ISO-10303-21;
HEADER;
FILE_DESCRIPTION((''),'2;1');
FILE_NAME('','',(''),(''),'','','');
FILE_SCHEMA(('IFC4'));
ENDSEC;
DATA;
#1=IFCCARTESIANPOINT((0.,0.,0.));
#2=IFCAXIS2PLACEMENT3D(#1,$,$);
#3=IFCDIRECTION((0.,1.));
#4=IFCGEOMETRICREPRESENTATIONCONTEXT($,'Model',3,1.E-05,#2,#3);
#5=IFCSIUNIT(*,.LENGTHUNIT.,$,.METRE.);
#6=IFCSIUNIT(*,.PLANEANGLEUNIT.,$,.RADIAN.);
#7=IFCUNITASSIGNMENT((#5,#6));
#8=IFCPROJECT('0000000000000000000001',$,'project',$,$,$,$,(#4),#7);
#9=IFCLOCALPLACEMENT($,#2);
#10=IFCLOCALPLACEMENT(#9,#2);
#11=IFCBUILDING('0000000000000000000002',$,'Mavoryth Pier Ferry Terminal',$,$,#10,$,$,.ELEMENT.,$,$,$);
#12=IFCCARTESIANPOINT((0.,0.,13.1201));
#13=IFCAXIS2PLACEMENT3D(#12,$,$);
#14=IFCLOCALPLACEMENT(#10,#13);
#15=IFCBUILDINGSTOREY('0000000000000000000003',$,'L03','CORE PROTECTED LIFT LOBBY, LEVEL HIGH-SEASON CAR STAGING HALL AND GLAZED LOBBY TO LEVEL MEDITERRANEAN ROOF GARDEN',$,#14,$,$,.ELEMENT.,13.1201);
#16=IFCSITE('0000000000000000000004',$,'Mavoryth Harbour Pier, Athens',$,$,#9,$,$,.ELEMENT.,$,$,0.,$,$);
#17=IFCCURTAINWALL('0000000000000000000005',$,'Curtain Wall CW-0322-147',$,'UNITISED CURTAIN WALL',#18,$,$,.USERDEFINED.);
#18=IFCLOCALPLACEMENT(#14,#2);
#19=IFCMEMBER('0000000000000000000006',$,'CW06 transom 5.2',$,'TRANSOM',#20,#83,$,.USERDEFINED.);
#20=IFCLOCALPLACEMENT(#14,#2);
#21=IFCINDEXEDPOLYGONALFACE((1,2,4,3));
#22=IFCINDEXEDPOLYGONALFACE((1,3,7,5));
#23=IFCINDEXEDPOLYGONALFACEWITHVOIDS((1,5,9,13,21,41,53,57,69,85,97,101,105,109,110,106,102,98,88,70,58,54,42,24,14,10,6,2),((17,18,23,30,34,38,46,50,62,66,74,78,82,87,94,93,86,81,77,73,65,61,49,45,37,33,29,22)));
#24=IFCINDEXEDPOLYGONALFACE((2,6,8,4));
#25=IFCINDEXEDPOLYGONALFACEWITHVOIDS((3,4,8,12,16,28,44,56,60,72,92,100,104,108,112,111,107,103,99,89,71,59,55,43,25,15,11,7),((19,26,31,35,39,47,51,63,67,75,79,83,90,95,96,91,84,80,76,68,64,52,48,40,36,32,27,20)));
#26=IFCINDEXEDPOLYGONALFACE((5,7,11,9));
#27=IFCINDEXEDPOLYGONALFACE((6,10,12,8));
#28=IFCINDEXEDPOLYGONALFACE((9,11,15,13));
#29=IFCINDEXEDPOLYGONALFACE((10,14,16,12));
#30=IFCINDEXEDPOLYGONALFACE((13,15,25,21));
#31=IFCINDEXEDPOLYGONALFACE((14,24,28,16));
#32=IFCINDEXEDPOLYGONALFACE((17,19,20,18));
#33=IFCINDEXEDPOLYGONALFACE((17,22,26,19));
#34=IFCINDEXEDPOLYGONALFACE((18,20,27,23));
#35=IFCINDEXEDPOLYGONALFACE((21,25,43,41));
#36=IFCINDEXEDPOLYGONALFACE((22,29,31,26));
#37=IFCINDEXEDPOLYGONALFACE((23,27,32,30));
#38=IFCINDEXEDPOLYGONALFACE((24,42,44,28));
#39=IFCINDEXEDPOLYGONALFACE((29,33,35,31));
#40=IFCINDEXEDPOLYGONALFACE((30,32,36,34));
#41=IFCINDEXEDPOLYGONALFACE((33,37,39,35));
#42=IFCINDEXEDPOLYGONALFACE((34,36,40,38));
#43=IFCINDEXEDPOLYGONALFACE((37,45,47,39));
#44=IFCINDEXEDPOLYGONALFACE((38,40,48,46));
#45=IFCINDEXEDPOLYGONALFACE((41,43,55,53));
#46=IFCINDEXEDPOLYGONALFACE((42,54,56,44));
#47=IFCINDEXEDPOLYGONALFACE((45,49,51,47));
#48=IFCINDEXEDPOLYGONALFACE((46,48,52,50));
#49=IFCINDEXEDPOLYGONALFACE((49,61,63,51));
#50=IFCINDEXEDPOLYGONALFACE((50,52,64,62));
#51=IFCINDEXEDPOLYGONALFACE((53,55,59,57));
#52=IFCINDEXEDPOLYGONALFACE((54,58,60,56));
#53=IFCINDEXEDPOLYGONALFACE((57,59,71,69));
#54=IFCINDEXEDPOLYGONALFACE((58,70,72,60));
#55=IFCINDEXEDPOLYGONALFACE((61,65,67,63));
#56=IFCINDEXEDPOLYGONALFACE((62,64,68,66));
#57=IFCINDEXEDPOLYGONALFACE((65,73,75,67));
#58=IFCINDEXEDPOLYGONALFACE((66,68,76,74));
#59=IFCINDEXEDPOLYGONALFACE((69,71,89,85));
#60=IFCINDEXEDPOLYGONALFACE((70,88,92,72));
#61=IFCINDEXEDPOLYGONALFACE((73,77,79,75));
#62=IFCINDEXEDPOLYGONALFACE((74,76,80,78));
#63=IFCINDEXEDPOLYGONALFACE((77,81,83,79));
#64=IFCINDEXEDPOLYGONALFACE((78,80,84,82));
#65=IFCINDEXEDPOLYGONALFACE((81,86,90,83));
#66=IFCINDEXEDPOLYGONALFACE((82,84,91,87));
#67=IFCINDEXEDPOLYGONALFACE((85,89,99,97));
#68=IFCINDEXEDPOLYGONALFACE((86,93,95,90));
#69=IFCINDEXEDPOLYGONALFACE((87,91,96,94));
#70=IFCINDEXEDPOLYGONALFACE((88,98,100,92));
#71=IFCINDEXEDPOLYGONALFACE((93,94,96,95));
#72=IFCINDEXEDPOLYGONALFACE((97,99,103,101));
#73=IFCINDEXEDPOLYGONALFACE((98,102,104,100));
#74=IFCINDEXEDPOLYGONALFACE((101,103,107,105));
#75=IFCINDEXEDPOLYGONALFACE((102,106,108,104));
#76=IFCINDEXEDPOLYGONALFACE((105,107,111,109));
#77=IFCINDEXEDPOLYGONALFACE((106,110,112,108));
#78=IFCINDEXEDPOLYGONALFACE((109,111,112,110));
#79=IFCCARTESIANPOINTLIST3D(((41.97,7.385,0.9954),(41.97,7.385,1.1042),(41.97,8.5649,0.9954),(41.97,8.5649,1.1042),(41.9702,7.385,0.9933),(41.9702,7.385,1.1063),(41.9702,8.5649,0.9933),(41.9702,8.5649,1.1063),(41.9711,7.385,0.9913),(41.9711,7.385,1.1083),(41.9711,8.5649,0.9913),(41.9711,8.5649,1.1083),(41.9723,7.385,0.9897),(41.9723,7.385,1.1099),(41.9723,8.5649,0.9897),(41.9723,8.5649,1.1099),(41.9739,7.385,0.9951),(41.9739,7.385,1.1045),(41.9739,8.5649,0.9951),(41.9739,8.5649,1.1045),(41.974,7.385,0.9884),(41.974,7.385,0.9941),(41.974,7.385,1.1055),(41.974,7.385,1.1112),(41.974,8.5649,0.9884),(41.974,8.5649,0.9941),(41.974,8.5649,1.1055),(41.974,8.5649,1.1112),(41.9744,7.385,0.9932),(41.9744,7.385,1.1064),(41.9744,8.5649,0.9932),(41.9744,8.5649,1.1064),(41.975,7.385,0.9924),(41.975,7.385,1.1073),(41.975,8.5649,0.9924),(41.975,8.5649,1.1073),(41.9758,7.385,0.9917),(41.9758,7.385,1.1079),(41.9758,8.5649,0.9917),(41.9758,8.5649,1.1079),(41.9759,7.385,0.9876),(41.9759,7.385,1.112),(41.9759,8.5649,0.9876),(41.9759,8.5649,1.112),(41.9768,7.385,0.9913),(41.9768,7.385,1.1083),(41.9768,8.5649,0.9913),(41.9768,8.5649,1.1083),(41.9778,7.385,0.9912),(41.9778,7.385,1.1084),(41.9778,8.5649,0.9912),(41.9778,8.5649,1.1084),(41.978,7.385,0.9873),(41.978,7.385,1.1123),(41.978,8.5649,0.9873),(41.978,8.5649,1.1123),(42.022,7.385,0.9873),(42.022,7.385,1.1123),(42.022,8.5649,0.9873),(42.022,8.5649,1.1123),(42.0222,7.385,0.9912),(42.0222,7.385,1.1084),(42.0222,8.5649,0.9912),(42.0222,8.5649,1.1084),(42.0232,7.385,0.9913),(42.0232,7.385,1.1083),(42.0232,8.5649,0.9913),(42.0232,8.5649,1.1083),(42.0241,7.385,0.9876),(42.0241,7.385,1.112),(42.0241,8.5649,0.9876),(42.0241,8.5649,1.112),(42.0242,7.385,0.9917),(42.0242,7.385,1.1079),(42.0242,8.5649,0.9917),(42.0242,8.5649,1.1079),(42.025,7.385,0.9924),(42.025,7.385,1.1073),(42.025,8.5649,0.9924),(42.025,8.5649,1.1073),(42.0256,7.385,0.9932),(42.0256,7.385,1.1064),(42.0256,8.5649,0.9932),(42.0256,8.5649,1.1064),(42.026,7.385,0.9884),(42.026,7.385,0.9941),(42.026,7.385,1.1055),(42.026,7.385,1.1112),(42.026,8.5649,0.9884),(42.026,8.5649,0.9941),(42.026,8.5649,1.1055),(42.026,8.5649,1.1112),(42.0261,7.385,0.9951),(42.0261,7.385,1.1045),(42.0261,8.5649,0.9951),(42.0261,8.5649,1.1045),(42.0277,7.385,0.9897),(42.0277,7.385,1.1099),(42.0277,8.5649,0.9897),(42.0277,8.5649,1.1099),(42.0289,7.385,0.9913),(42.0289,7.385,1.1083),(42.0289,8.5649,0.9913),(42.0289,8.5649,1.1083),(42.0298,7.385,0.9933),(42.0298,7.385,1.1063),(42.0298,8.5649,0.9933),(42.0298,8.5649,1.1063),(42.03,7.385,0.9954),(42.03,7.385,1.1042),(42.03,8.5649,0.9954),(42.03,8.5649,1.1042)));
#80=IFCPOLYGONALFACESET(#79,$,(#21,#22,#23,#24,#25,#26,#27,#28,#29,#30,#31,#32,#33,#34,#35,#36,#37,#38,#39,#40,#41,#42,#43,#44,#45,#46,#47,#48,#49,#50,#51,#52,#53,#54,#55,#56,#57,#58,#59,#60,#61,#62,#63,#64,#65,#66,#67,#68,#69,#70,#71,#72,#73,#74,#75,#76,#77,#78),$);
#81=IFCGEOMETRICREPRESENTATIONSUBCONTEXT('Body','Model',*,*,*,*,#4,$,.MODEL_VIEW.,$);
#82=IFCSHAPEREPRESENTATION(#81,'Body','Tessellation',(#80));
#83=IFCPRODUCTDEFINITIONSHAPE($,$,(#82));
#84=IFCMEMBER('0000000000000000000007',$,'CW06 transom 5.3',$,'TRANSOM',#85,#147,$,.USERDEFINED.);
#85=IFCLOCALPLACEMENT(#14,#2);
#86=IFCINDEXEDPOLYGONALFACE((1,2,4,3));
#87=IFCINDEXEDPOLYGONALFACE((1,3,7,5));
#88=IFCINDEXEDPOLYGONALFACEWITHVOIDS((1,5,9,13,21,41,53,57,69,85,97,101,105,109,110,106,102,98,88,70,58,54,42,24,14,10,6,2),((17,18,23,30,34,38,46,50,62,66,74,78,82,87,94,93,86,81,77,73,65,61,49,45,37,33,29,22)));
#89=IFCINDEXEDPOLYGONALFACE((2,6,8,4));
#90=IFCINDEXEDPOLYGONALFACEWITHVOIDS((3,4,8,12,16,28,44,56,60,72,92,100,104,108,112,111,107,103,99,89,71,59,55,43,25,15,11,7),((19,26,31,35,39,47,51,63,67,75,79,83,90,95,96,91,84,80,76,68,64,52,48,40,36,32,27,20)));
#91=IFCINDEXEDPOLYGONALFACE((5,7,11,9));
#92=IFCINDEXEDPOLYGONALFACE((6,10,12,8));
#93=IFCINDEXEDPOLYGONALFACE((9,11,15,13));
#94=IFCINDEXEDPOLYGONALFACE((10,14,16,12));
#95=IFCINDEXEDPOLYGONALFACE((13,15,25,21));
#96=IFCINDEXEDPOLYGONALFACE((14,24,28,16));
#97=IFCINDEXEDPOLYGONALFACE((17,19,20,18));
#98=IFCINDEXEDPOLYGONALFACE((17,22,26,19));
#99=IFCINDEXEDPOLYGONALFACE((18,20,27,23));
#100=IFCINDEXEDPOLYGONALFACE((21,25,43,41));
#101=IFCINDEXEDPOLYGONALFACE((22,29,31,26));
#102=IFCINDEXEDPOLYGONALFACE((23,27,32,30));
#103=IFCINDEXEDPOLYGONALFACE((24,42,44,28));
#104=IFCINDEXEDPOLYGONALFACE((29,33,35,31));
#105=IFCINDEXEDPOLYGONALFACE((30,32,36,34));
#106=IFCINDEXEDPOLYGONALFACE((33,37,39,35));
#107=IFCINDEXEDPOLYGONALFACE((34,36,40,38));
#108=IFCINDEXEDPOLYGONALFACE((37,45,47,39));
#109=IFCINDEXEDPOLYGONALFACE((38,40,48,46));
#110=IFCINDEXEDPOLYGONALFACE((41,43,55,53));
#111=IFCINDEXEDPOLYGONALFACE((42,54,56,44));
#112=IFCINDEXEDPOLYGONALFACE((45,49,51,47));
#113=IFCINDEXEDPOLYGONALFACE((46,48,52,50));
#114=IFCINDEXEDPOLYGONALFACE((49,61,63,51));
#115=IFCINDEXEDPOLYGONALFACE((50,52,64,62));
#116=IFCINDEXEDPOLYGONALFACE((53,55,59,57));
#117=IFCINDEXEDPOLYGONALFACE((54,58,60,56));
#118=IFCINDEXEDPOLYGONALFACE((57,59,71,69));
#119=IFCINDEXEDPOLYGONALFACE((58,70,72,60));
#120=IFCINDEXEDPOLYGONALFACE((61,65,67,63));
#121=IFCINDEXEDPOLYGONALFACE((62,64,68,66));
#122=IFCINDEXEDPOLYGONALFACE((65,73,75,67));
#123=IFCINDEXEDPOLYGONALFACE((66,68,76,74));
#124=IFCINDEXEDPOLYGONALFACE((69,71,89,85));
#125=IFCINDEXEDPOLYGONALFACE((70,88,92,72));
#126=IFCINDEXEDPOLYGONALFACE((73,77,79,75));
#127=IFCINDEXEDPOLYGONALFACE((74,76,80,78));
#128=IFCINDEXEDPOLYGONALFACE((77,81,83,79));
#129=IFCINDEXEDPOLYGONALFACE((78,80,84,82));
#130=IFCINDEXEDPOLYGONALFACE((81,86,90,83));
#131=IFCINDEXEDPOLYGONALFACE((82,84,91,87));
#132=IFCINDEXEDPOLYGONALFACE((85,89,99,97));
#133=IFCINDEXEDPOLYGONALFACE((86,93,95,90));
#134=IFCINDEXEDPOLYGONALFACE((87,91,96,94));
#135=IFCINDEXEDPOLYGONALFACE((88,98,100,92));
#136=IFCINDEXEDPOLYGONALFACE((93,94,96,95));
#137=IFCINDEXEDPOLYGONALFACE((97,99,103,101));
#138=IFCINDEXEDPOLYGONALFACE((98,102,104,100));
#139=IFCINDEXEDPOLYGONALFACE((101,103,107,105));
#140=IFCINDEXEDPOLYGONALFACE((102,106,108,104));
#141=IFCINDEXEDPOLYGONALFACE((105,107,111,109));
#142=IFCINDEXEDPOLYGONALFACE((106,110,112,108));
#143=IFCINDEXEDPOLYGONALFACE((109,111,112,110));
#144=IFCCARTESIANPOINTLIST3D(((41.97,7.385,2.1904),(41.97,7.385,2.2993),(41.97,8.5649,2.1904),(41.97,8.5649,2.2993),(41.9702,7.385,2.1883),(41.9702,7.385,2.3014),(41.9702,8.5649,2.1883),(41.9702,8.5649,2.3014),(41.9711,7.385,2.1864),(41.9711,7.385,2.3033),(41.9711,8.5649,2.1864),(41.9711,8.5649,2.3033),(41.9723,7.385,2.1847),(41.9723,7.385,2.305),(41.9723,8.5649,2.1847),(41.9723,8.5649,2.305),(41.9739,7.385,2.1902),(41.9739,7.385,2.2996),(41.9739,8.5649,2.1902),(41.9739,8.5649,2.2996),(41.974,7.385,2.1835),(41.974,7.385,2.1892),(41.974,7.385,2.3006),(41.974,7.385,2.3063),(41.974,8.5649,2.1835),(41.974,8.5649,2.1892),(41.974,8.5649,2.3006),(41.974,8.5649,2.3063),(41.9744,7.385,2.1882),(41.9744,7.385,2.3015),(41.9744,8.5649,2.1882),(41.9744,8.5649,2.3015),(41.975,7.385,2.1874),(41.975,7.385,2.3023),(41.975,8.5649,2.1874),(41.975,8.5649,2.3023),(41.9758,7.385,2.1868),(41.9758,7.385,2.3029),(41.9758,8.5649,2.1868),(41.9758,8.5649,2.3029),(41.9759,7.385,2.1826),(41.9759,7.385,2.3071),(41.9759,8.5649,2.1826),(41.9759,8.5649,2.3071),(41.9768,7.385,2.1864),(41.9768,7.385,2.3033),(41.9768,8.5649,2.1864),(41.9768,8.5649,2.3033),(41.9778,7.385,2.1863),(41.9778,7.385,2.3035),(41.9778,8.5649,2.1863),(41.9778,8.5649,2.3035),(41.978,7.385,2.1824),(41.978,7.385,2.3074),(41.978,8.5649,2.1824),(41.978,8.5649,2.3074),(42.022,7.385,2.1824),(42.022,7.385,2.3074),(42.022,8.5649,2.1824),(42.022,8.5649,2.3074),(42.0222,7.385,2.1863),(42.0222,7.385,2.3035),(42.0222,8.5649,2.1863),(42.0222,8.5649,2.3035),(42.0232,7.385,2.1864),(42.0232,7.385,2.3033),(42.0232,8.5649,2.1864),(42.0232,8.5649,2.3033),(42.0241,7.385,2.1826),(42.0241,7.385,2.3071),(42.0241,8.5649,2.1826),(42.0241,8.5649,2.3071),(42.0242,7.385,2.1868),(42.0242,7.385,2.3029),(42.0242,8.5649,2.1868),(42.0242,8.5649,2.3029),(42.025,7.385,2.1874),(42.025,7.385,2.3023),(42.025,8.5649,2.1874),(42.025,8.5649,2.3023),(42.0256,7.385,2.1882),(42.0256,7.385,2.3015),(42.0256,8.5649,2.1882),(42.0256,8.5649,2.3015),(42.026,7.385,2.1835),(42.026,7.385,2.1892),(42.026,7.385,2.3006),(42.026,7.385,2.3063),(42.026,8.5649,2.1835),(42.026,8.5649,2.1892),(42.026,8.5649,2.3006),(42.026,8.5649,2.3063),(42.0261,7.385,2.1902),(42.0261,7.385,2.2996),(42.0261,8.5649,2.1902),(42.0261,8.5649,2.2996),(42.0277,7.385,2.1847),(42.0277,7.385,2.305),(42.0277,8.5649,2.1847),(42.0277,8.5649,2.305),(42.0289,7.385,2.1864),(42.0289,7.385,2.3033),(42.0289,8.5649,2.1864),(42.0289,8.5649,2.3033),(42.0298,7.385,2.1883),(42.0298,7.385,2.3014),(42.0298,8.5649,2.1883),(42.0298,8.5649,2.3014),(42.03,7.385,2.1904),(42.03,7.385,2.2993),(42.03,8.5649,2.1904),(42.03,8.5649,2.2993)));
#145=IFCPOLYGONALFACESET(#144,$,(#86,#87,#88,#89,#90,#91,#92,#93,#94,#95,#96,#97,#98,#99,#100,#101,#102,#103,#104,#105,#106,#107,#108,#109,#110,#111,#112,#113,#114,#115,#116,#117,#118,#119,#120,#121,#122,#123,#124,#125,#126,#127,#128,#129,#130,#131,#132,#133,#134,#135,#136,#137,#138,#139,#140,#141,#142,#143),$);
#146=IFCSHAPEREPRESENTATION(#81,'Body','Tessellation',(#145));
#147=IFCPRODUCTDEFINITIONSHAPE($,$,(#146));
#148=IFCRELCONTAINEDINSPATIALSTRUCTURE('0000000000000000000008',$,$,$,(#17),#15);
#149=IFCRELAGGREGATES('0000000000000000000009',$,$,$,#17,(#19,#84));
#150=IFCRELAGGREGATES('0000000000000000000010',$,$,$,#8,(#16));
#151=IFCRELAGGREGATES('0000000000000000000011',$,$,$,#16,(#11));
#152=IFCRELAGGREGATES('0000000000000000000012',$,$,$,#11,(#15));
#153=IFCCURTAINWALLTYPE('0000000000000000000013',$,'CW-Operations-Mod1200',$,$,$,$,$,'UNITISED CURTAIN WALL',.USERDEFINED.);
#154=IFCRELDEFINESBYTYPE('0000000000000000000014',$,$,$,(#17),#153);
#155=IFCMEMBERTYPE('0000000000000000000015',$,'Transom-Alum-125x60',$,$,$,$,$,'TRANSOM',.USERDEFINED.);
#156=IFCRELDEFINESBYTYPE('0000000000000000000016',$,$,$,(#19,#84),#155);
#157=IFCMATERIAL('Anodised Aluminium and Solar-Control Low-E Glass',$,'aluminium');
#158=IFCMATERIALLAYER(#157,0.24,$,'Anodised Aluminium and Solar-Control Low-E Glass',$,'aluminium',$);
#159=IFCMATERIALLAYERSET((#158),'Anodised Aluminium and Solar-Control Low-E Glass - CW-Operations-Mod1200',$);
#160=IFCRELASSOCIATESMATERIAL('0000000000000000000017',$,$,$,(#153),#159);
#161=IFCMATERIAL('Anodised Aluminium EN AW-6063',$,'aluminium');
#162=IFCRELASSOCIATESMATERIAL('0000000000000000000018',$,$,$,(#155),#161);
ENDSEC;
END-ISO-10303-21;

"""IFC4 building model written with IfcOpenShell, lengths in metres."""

from ifc_helpers import new_model, si_unit, direction, frame, origin, origin_2d, place, context, subcontext, project, spatial, hollow_rectangle, extrude, material, layer, layer_set, material_profile, profile_set, type_object, element, aggregate, save


model = new_model("IFC4")

# Units and contexts
model_context = context("Model", 3, precision=1e-05, world=origin(), true_north=direction((0.0, 1.0)))
body_context = subcontext(model_context, "Body", "Model", "MODEL_VIEW")
ifc_project = project(units=[si_unit("LENGTHUNIT", "METRE"), si_unit("PLANEANGLEUNIT", "RADIAN")], contexts=[model_context])

# Site, building, storey
site_placement = place(None, origin())
site = spatial("IfcSite", under=ifc_project, at=site_placement, Name="Mavoryth Harbour Pier, Athens", CompositionType="ELEMENT", RefElevation=0.0)
building_placement = place(site_placement, origin())
building = spatial("IfcBuilding", under=site, at=building_placement, Name="Mavoryth Pier Ferry Terminal", CompositionType="ELEMENT")
storey_placement = place(building_placement, frame((0.0, 0.0, 13.1201)))
storey = spatial("IfcBuildingStorey", under=building, at=storey_placement, Name="L03", Description="CORE PROTECTED LIFT LOBBY, LEVEL HIGH-SEASON CAR STAGING HALL AND GLAZED LOBBY TO LEVEL MEDITERRANEAN ROOF GARDEN", CompositionType="ELEMENT", Elevation=13.1201)

# Curtain wall
ifc_material_1 = material(Name="Anodised Aluminium and Solar-Control Low-E Glass", Category="aluminium")
ifc_layer_1 = layer(ifc_material_1, 0.24, Name="Anodised Aluminium and Solar-Control Low-E Glass", Category="aluminium")
ifc_layer_set_1 = layer_set([ifc_layer_1], Name="Anodised Aluminium and Solar-Control Low-E Glass - CW-Operations-Mod1200")
curtain_wall_type = type_object("IfcCurtainWallType", Name="CW-Operations-Mod1200", ElementType="UNITISED CURTAIN WALL", PredefinedType="USERDEFINED", material=ifc_layer_set_1)
curtain_wall_1_placement = place(storey_placement, origin())
curtain_wall_1 = element("IfcCurtainWall", 1, at=curtain_wall_1_placement, inside=storey, type_object=curtain_wall_type, Name="Curtain Wall CW-0322-147", ObjectType="UNITISED CURTAIN WALL", PredefinedType="USERDEFINED")
ifc_material_2 = material(Name="Anodised Aluminium EN AW-6063", Category="aluminium")

# Members
ifc_material_profile_1 = material_profile(ifc_material_2, hollow_rectangle(XDim=0.0601, YDim=0.125, WallThickness=0.0039, InnerFilletRadius=0.0039, OuterFilletRadius=0.0081, at=origin_2d()), Name="AL-TRAN 125x60x4", Category="aluminium")
ifc_profile_set_1 = profile_set([ifc_material_profile_1], Name="Anodised Aluminium EN AW-6063 - AL-TRAN 125x60x4")
member_type_1 = type_object("IfcMemberType", Name="Transom-Alum-125x60", ElementType="TRANSOM", PredefinedType="USERDEFINED", material=ifc_profile_set_1)
member_1_placement = place(storey_placement, frame((42.0, 8.5649, 1.0498), z_axis=(0.0, -1.0, 0.0), x_axis=(1.0, 0.0, 0.0)))
member_1 = element("IfcMember", 2, at=member_1_placement, type_object=member_type_1, Name="CW06 transom 5.2", ObjectType="TRANSOM", PredefinedType="USERDEFINED", context=body_context, shape_type="SweptSolid", body=[
    extrude(hollow_rectangle(XDim=0.0601, YDim=0.125, WallThickness=0.0039, InnerFilletRadius=0.0039, OuterFilletRadius=0.0081, at=origin_2d()), origin(), (0.0, 0.0, 1.0), 1.1799),
])
member_2_placement = place(storey_placement, frame((42.0, 8.5649, 2.2449), z_axis=(0.0, -1.0, 0.0), x_axis=(1.0, 0.0, 0.0)))
member_2 = element("IfcMember", 3, at=member_2_placement, type_object=member_type_1, Name="CW06 transom 5.3", ObjectType="TRANSOM", PredefinedType="USERDEFINED", context=body_context, shape_type="SweptSolid", body=[
    extrude(hollow_rectangle(XDim=0.0601, YDim=0.125, WallThickness=0.0039, InnerFilletRadius=0.0039, OuterFilletRadius=0.0081, at=origin_2d()), origin(), (0.0, 0.0, 1.0), 1.1799),
])

aggregate(curtain_wall_1, [member_1, member_2])

save(model, "model.ifc")
